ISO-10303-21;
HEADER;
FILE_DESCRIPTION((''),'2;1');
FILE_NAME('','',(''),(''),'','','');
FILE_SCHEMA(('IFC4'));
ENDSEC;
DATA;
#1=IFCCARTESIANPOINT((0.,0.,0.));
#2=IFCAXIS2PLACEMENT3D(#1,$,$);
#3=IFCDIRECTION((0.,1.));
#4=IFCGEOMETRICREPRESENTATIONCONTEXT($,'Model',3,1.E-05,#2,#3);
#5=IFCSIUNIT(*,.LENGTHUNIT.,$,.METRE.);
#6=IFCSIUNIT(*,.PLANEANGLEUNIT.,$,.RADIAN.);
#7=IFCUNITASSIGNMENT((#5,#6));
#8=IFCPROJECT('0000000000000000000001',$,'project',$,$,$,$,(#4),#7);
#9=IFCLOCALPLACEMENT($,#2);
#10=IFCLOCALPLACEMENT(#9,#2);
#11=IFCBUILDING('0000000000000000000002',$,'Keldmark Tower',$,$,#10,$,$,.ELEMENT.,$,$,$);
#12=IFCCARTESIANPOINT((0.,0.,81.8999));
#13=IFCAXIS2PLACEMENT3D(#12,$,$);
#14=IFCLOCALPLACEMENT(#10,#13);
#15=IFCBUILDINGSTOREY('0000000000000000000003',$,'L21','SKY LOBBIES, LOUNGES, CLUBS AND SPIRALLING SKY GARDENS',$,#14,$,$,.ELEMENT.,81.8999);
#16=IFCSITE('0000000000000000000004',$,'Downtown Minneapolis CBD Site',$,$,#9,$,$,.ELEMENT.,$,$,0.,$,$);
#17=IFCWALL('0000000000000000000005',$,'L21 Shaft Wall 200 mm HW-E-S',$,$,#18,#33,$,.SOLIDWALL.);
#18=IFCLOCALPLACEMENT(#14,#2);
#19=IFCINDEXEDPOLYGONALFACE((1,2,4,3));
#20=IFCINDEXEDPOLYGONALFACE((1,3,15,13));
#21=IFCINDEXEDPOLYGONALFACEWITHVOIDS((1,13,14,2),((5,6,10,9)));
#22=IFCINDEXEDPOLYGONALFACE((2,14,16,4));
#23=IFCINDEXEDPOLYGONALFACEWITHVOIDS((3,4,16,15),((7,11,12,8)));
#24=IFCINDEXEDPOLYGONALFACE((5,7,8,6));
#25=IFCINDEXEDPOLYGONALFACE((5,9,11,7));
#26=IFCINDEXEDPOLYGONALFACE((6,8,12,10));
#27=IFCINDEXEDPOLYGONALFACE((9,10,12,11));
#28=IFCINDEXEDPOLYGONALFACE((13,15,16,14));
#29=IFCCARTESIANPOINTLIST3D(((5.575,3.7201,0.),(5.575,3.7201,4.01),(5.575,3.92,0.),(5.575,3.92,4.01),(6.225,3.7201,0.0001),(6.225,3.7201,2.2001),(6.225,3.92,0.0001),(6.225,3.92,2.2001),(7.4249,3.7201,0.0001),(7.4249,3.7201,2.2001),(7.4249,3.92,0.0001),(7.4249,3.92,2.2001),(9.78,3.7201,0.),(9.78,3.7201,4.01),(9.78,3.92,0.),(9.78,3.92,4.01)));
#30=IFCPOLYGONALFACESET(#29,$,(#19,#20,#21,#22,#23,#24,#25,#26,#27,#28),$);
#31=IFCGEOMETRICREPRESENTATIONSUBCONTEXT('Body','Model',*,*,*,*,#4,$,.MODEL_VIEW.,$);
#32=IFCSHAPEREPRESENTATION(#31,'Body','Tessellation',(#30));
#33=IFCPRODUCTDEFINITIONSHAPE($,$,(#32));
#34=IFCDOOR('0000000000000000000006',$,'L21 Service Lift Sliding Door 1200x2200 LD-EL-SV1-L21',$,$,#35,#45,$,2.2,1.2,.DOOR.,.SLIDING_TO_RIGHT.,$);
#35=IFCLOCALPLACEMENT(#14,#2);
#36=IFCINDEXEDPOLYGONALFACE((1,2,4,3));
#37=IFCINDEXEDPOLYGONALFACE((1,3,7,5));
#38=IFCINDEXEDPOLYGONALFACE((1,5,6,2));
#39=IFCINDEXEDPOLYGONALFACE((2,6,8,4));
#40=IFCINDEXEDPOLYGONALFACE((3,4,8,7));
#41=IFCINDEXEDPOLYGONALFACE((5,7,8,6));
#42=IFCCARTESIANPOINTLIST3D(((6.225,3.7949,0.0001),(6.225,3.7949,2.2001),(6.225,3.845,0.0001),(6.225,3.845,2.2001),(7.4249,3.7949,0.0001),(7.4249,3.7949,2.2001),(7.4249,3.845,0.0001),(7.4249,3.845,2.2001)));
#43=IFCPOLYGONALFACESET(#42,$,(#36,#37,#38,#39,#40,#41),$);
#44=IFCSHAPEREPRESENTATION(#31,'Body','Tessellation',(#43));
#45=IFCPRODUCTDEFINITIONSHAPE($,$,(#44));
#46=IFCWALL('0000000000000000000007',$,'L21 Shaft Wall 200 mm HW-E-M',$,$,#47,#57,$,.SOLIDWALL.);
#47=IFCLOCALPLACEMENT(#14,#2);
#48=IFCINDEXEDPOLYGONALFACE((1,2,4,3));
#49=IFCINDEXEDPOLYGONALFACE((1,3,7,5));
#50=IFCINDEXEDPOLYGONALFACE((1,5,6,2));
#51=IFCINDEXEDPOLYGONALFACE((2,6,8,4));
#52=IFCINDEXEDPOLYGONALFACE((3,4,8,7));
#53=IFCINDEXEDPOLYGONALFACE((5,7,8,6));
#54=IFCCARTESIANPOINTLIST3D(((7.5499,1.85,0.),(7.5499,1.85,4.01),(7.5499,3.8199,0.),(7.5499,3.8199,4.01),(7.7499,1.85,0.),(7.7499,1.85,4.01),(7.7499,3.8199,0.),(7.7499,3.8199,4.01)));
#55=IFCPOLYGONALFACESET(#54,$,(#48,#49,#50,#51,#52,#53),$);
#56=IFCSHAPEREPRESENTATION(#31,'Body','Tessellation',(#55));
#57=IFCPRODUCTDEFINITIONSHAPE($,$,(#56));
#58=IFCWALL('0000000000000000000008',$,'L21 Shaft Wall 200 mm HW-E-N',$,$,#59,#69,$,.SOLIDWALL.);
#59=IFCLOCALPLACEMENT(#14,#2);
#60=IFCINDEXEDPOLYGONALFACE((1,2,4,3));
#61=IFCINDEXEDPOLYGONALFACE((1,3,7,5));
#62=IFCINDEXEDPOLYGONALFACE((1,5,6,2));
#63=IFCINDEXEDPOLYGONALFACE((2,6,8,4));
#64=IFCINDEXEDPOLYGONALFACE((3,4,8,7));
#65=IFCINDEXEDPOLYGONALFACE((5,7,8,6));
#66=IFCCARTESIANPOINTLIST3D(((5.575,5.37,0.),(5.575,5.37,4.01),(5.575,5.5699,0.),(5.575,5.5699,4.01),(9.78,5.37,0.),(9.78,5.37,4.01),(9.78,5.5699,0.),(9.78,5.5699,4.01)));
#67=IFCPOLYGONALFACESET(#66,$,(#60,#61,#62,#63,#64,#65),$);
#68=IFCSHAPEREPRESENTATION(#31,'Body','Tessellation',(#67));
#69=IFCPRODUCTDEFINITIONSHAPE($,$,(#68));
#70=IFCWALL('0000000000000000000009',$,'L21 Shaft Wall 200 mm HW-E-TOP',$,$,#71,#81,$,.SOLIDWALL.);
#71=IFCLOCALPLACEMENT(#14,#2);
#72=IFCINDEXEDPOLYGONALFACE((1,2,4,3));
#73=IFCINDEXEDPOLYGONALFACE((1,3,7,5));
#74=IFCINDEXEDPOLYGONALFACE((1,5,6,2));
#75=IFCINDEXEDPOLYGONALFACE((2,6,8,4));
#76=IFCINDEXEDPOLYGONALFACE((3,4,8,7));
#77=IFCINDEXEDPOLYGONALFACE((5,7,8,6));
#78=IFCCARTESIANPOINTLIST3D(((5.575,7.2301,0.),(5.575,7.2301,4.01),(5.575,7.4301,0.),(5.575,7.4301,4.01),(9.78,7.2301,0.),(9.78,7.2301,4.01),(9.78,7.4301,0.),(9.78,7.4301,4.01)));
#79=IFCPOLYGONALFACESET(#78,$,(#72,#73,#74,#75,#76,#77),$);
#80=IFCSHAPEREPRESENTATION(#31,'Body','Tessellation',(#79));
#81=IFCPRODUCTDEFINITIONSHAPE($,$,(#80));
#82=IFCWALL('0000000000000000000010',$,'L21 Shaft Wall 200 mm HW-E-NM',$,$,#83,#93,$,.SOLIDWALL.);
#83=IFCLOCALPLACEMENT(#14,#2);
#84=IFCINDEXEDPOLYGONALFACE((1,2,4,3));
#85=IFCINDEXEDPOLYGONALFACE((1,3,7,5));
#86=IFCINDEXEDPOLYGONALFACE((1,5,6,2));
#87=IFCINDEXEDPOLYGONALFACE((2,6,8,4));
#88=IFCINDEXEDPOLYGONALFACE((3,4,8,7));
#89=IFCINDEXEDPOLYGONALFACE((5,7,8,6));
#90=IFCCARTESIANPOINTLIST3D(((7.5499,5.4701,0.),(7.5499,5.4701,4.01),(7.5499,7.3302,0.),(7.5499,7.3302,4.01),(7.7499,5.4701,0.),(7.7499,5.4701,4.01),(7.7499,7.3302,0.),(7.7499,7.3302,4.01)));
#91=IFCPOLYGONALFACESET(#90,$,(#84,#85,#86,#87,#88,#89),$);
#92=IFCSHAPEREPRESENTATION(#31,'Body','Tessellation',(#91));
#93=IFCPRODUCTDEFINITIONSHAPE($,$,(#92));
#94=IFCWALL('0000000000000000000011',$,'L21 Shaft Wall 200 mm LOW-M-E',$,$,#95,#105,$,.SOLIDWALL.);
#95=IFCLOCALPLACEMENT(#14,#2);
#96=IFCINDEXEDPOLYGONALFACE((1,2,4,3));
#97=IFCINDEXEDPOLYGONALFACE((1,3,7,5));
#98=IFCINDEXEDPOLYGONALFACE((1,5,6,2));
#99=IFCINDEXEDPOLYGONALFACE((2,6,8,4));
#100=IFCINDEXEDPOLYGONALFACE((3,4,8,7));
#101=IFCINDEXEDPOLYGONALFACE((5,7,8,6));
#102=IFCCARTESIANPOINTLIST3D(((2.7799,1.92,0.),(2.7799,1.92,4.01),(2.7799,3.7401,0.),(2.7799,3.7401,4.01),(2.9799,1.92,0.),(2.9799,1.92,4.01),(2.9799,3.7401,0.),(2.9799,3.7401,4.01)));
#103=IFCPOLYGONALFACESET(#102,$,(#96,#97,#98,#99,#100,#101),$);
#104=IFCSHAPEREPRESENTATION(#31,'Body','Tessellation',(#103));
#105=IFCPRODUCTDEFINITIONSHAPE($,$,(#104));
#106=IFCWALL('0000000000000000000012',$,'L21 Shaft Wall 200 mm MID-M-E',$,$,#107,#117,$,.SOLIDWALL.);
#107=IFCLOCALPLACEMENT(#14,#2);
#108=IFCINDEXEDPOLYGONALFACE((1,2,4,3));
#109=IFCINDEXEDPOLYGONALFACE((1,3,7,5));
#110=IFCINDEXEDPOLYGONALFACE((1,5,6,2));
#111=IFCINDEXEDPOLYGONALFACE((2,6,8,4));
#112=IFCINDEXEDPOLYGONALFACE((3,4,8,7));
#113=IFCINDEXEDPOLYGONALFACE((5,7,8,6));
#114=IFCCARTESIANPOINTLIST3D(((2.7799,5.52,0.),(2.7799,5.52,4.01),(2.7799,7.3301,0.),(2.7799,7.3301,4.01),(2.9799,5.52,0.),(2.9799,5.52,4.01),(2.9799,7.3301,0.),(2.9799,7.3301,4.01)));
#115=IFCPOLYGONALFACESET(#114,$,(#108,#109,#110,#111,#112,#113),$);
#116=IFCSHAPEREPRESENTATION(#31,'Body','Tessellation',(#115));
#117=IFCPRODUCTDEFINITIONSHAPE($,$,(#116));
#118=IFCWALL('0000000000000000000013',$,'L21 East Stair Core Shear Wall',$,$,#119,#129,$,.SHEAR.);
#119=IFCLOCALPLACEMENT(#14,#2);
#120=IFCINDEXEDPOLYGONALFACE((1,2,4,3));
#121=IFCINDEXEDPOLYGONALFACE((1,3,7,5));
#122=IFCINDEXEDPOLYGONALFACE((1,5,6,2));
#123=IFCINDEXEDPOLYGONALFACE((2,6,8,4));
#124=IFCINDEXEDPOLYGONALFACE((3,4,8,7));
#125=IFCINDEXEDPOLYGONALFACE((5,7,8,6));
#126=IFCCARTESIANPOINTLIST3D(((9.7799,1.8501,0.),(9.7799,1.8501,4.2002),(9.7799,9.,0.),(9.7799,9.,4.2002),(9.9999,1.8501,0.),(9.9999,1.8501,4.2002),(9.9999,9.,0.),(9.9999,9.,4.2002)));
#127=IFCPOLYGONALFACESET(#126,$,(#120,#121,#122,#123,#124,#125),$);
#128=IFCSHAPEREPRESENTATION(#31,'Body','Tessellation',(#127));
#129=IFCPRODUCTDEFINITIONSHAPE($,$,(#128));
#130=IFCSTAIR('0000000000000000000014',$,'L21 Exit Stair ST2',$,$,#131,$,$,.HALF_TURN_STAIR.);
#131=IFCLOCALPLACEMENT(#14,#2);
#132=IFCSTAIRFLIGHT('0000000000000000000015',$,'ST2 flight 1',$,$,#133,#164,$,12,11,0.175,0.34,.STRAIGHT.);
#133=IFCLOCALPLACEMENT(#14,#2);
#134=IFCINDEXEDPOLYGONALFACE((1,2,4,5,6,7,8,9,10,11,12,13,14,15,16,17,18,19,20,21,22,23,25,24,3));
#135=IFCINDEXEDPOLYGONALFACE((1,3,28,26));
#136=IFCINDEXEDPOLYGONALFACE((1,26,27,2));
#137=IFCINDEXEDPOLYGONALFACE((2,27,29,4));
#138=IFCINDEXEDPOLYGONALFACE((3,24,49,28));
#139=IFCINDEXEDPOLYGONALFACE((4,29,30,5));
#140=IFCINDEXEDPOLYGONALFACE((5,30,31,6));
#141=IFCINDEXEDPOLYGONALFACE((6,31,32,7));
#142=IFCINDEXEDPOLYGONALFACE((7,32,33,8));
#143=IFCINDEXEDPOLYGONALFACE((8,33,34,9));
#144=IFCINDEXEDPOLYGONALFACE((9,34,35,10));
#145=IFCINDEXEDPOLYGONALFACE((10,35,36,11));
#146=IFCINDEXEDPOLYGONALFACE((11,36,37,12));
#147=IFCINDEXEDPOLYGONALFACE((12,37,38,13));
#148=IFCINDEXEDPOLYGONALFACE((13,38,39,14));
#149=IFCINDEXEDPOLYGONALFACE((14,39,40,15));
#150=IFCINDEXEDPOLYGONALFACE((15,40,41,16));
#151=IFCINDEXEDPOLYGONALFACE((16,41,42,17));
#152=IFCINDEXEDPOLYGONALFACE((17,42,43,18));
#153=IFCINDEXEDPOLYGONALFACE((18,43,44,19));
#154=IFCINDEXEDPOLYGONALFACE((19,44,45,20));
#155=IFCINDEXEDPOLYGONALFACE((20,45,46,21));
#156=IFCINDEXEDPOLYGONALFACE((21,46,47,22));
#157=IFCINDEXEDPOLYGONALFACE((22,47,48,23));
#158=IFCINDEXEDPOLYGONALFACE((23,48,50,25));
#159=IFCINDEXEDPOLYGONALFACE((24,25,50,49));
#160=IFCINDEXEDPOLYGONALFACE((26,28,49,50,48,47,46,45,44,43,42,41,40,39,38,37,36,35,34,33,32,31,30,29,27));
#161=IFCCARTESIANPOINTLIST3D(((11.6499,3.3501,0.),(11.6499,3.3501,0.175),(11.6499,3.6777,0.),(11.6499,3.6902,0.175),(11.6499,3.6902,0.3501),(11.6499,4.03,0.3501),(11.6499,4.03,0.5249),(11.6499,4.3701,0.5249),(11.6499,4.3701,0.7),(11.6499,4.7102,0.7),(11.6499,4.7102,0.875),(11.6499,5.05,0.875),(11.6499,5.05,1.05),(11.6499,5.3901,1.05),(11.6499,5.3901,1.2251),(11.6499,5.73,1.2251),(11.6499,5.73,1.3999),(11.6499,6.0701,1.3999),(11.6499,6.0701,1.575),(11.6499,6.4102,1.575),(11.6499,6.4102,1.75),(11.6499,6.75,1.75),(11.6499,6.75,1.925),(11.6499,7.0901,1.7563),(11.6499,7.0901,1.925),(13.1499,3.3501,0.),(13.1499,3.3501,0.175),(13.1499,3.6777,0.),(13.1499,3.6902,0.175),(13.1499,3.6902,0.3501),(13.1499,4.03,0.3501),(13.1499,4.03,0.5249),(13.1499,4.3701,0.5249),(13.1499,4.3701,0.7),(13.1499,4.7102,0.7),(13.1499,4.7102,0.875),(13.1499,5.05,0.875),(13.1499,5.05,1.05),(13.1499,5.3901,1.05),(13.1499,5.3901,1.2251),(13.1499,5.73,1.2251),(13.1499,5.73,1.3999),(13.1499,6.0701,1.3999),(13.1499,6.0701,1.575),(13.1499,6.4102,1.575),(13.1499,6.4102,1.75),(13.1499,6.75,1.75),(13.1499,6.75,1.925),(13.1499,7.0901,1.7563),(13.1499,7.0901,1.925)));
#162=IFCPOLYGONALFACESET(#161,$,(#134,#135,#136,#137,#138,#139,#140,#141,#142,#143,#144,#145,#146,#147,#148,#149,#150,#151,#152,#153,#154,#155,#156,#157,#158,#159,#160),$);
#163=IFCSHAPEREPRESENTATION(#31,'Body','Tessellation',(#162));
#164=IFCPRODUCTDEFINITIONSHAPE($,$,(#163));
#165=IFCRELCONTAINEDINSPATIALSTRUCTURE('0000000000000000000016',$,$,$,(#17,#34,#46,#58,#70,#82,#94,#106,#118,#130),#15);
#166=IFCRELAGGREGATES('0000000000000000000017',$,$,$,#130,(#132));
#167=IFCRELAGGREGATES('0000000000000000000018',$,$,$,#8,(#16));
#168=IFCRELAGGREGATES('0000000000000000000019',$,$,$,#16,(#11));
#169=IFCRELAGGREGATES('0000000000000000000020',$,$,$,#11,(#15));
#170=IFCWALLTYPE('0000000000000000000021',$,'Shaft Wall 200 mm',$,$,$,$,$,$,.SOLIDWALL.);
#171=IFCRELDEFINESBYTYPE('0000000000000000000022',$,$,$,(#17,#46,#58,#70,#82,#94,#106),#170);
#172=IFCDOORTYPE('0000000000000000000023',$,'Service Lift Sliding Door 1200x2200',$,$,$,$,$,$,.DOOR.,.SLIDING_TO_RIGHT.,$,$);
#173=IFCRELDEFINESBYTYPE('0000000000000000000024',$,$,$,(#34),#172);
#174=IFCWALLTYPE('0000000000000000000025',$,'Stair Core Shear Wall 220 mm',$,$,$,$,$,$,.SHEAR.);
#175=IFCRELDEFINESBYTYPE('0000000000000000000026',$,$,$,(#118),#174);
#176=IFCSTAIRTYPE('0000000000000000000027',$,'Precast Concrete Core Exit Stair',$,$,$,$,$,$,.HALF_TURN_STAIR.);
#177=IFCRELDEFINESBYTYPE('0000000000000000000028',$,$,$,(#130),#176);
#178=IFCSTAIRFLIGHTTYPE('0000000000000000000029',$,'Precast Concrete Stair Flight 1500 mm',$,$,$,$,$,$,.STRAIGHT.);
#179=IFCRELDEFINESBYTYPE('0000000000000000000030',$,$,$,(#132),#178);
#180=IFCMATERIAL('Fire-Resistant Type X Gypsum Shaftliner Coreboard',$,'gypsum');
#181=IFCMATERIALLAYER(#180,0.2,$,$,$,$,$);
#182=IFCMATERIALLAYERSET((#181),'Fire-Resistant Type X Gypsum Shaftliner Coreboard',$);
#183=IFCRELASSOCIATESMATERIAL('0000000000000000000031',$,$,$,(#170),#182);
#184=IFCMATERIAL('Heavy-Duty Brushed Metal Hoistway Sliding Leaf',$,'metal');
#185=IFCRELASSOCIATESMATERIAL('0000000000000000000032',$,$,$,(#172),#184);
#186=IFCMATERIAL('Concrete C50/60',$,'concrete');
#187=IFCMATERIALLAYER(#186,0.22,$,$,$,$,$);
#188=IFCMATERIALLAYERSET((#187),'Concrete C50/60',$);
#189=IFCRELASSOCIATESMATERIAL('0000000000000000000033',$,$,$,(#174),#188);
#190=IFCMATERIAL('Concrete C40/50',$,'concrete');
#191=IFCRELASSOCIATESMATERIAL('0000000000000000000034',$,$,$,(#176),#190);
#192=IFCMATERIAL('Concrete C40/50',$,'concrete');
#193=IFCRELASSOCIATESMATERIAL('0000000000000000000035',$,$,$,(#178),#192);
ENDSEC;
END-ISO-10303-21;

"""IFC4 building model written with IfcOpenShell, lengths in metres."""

from ifc_helpers import new_model, si_unit, direction, frame, frame_2d, origin, place, context, subcontext, project, spatial, polyline, rectangle, outline, extrude, material, layer, layer_set, type_object, element, fill, aggregate, save


model = new_model("IFC4")

# Units and contexts
model_context = context("Model", 3, precision=1e-05, world=origin(), true_north=direction((0.0, 1.0)))
body_context = subcontext(model_context, "Body", "Model", "MODEL_VIEW")
ifc_project = project(units=[si_unit("LENGTHUNIT", "METRE"), si_unit("PLANEANGLEUNIT", "RADIAN")], contexts=[model_context])

# Site, building, storey
site_placement = place(None, origin())
site = spatial("IfcSite", under=ifc_project, at=site_placement, Name="Downtown Minneapolis CBD Site", CompositionType="ELEMENT", RefElevation=0.0)
building_placement = place(site_placement, origin())
building = spatial("IfcBuilding", under=site, at=building_placement, Name="Keldmark Tower", CompositionType="ELEMENT")
storey_placement = place(building_placement, frame((0.0, 0.0, 81.8999)))
storey = spatial("IfcBuildingStorey", under=building, at=storey_placement, Name="L21", Description="SKY LOBBIES, LOUNGES, CLUBS AND SPIRALLING SKY GARDENS", CompositionType="ELEMENT", Elevation=81.8999)

# Wall, opening, door
ifc_material_1 = material(Name="Fire-Resistant Type X Gypsum Shaftliner Coreboard", Category="gypsum")
ifc_layer_1 = layer(ifc_material_1, 0.2)
ifc_layer_set_1 = layer_set([ifc_layer_1], Name="Fire-Resistant Type X Gypsum Shaftliner Coreboard")
wall_type_1 = type_object("IfcWallType", Name="Shaft Wall 200 mm", PredefinedType="SOLIDWALL", material=ifc_layer_set_1)
wall_1_placement = place(storey_placement, frame((5.575, 3.8201, 0.0), z_axis=(0.0, 0.0, 1.0), x_axis=(1.0, 0.0, 0.0)))
wall_1 = element("IfcWall", 1, at=wall_1_placement, inside=storey, type_object=wall_type_1, Name="L21 Shaft Wall 200 mm HW-E-S", PredefinedType="SOLIDWALL", context=body_context, shape_type="SweptSolid", body=[
    extrude(rectangle(XDim=4.2051, YDim=0.2, at=frame_2d((2.1025, 0.0))), origin(), (0.0, 0.0, 1.0), 4.01),
])
opening_placement = place(wall_1_placement, frame((0.6499, 0.0, 0.0)))
opening = element("IfcOpeningElement", 2, at=opening_placement, cuts=wall_1, PredefinedType="OPENING", context=body_context, shape_type="SweptSolid", body=[
    extrude(rectangle(XDim=1.2, YDim=2.2, at=frame_2d((0.6001, 1.1001))), frame((0.0, 0.1099, 0.0), z_axis=(0.0, -1.0, 0.0), x_axis=(1.0, 0.0, 0.0)), (0.0, 0.0, 1.0), 0.22),
])
ifc_material_2 = material(Name="Heavy-Duty Brushed Metal Hoistway Sliding Leaf", Category="metal")
door_type = type_object("IfcDoorType", Name="Service Lift Sliding Door 1200x2200", OperationType="SLIDING_TO_RIGHT", PredefinedType="DOOR", material=ifc_material_2)
door_placement = place(opening_placement, origin())
door = element("IfcDoor", 3, at=door_placement, inside=storey, type_object=door_type, Name="L21 Service Lift Sliding Door 1200x2200 LD-EL-SV1-L21", OperationType="SLIDING_TO_RIGHT", OverallHeight=2.2, OverallWidth=1.2, PredefinedType="DOOR", context=body_context, shape_type="SweptSolid", body=[
    extrude(rectangle(XDim=1.2, YDim=2.2, at=frame_2d((0.6001, 1.1001))), frame((0.0, 0.0249, 0.0), z_axis=(0.0, -1.0, 0.0), x_axis=(1.0, 0.0, 0.0)), (0.0, 0.0, 1.0), 0.05),
])
fill(opening, door)

# Walls
wall_2_placement = place(storey_placement, frame((7.6499, 1.8501, 0.0), z_axis=(0.0, 0.0, 1.0), x_axis=(0.0, 1.0, 0.0)))
element("IfcWall", 4, at=wall_2_placement, inside=storey, type_object=wall_type_1, Name="L21 Shaft Wall 200 mm HW-E-M", PredefinedType="SOLIDWALL", context=body_context, shape_type="SweptSolid", body=[
    extrude(rectangle(XDim=1.97, YDim=0.2, at=frame_2d((0.9849, 0.0))), origin(), (0.0, 0.0, 1.0), 4.01),
])
for number, where, z_axis, x_axis, name in (
    (5, (5.575, 5.47, 0.0), (0.0, 0.0, 1.0), (1.0, 0.0, 0.0), "L21 Shaft Wall 200 mm HW-E-N"),
    (6, (5.575, 7.3301, 0.0), (0.0, 0.0, 1.0), (1.0, 0.0, 0.0), "L21 Shaft Wall 200 mm HW-E-TOP"),
):
    element("IfcWall", number, at=place(storey_placement, frame(where, z_axis=z_axis, x_axis=x_axis)), inside=storey, type_object=wall_type_1, Name=name, PredefinedType="SOLIDWALL", context=body_context, shape_type="SweptSolid", body=[
        extrude(rectangle(XDim=4.2051, YDim=0.2, at=frame_2d((2.1025, 0.0))), origin(), (0.0, 0.0, 1.0), 4.01),
    ])
wall_3_placement = place(storey_placement, frame((7.6499, 5.47, 0.0), z_axis=(0.0, 0.0, 1.0), x_axis=(0.0, 1.0, 0.0)))
element("IfcWall", 7, at=wall_3_placement, inside=storey, type_object=wall_type_1, Name="L21 Shaft Wall 200 mm HW-E-NM", PredefinedType="SOLIDWALL", context=body_context, shape_type="SweptSolid", body=[
    extrude(rectangle(XDim=1.8601, YDim=0.2, at=frame_2d((0.9302, 0.0))), origin(), (0.0, 0.0, 1.0), 4.01),
])
wall_4_placement = place(storey_placement, frame((2.8799, 1.9199, 0.0), z_axis=(0.0, 0.0, 1.0), x_axis=(0.0, 1.0, 0.0)))
element("IfcWall", 8, at=wall_4_placement, inside=storey, type_object=wall_type_1, Name="L21 Shaft Wall 200 mm LOW-M-E", PredefinedType="SOLIDWALL", context=body_context, shape_type="SweptSolid", body=[
    extrude(rectangle(XDim=1.8201, YDim=0.2, at=frame_2d((0.9102, 0.0))), origin(), (0.0, 0.0, 1.0), 4.01),
])
wall_5_placement = place(storey_placement, frame((2.8799, 5.52, 0.0), z_axis=(0.0, 0.0, 1.0), x_axis=(0.0, 1.0, 0.0)))
element("IfcWall", 9, at=wall_5_placement, inside=storey, type_object=wall_type_1, Name="L21 Shaft Wall 200 mm MID-M-E", PredefinedType="SOLIDWALL", context=body_context, shape_type="SweptSolid", body=[
    extrude(rectangle(XDim=1.8101, YDim=0.2, at=frame_2d((0.905, 0.0))), origin(), (0.0, 0.0, 1.0), 4.01),
])
ifc_material_3 = material(Name="Concrete C50/60", Category="concrete")
ifc_layer_2 = layer(ifc_material_3, 0.22)
ifc_layer_set_2 = layer_set([ifc_layer_2], Name="Concrete C50/60")
wall_type_2 = type_object("IfcWallType", Name="Stair Core Shear Wall 220 mm", PredefinedType="SHEAR", material=ifc_layer_set_2)
wall_6_placement = place(storey_placement, frame((9.8899, 1.8501, 0.0), z_axis=(0.0, 0.0, 1.0), x_axis=(0.0, 1.0, 0.0)))
element("IfcWall", 10, at=wall_6_placement, inside=storey, type_object=wall_type_2, Name="L21 East Stair Core Shear Wall", PredefinedType="SHEAR", context=body_context, shape_type="SweptSolid", body=[
    extrude(rectangle(XDim=7.1499, YDim=0.22, at=frame_2d((3.575, 0.0))), origin(), (0.0, 0.0, 1.0), 4.2002),
])

# Stair, stair flight
ifc_material_4 = material(Name="Concrete C40/50", Category="concrete")
stair_type = type_object("IfcStairType", Name="Precast Concrete Core Exit Stair", PredefinedType="HALF_TURN_STAIR", material=ifc_material_4)
stair_placement = place(storey_placement, origin())
stair = element("IfcStair", 11, at=stair_placement, inside=storey, type_object=stair_type, Name="L21 Exit Stair ST2", PredefinedType="HALF_TURN_STAIR")
ifc_material_5 = material(Name="Concrete C40/50", Category="concrete")
stair_flight_type = type_object("IfcStairFlightType", Name="Precast Concrete Stair Flight 1500 mm", PredefinedType="STRAIGHT", material=ifc_material_5)
stair_flight_1_placement = place(storey_placement, frame((12.3999, 3.3501, 0.0), z_axis=(0.0, 0.0, 1.0), x_axis=(0.0, 1.0, 0.0)))
stair_flight_1 = element("IfcStairFlight", 12, at=stair_flight_1_placement, type_object=stair_flight_type, Name="ST2 flight 1", NumberOfRisers=12, NumberOfTreads=11, PredefinedType="STRAIGHT", RiserHeight=0.175, TreadLength=0.34, context=body_context, shape_type="SweptSolid", body=[
    extrude(outline(polyline([(0.0, 0.0), (0.0, 0.175), (0.3401, 0.175), (0.3401, 0.3501), (0.6799, 0.3501), (0.6799, 0.5249), (1.02, 0.5249), (1.02, 0.7), (1.3601, 0.7), (1.3601, 0.875), (1.7, 0.875), (1.7, 1.05), (2.04, 1.05), (2.04, 1.2251), (2.3799, 1.2251), (2.3799, 1.3999), (2.72, 1.3999), (2.72, 1.575), (3.0601, 1.575), (3.0601, 1.75), (3.3999, 1.75), (3.3999, 1.925), (3.74, 1.925), (3.74, 2.1001), (3.74, 1.7563), (0.3276, 0.0), (0.0, 0.0)])), frame((0.0, 0.75, 0.0), z_axis=(0.0, -1.0, 0.0), x_axis=(1.0, 0.0, 0.0)), (0.0, 0.0, 1.0), 1.5),
])
aggregate(stair, [stair_flight_1])

save(model, "model.ifc")
